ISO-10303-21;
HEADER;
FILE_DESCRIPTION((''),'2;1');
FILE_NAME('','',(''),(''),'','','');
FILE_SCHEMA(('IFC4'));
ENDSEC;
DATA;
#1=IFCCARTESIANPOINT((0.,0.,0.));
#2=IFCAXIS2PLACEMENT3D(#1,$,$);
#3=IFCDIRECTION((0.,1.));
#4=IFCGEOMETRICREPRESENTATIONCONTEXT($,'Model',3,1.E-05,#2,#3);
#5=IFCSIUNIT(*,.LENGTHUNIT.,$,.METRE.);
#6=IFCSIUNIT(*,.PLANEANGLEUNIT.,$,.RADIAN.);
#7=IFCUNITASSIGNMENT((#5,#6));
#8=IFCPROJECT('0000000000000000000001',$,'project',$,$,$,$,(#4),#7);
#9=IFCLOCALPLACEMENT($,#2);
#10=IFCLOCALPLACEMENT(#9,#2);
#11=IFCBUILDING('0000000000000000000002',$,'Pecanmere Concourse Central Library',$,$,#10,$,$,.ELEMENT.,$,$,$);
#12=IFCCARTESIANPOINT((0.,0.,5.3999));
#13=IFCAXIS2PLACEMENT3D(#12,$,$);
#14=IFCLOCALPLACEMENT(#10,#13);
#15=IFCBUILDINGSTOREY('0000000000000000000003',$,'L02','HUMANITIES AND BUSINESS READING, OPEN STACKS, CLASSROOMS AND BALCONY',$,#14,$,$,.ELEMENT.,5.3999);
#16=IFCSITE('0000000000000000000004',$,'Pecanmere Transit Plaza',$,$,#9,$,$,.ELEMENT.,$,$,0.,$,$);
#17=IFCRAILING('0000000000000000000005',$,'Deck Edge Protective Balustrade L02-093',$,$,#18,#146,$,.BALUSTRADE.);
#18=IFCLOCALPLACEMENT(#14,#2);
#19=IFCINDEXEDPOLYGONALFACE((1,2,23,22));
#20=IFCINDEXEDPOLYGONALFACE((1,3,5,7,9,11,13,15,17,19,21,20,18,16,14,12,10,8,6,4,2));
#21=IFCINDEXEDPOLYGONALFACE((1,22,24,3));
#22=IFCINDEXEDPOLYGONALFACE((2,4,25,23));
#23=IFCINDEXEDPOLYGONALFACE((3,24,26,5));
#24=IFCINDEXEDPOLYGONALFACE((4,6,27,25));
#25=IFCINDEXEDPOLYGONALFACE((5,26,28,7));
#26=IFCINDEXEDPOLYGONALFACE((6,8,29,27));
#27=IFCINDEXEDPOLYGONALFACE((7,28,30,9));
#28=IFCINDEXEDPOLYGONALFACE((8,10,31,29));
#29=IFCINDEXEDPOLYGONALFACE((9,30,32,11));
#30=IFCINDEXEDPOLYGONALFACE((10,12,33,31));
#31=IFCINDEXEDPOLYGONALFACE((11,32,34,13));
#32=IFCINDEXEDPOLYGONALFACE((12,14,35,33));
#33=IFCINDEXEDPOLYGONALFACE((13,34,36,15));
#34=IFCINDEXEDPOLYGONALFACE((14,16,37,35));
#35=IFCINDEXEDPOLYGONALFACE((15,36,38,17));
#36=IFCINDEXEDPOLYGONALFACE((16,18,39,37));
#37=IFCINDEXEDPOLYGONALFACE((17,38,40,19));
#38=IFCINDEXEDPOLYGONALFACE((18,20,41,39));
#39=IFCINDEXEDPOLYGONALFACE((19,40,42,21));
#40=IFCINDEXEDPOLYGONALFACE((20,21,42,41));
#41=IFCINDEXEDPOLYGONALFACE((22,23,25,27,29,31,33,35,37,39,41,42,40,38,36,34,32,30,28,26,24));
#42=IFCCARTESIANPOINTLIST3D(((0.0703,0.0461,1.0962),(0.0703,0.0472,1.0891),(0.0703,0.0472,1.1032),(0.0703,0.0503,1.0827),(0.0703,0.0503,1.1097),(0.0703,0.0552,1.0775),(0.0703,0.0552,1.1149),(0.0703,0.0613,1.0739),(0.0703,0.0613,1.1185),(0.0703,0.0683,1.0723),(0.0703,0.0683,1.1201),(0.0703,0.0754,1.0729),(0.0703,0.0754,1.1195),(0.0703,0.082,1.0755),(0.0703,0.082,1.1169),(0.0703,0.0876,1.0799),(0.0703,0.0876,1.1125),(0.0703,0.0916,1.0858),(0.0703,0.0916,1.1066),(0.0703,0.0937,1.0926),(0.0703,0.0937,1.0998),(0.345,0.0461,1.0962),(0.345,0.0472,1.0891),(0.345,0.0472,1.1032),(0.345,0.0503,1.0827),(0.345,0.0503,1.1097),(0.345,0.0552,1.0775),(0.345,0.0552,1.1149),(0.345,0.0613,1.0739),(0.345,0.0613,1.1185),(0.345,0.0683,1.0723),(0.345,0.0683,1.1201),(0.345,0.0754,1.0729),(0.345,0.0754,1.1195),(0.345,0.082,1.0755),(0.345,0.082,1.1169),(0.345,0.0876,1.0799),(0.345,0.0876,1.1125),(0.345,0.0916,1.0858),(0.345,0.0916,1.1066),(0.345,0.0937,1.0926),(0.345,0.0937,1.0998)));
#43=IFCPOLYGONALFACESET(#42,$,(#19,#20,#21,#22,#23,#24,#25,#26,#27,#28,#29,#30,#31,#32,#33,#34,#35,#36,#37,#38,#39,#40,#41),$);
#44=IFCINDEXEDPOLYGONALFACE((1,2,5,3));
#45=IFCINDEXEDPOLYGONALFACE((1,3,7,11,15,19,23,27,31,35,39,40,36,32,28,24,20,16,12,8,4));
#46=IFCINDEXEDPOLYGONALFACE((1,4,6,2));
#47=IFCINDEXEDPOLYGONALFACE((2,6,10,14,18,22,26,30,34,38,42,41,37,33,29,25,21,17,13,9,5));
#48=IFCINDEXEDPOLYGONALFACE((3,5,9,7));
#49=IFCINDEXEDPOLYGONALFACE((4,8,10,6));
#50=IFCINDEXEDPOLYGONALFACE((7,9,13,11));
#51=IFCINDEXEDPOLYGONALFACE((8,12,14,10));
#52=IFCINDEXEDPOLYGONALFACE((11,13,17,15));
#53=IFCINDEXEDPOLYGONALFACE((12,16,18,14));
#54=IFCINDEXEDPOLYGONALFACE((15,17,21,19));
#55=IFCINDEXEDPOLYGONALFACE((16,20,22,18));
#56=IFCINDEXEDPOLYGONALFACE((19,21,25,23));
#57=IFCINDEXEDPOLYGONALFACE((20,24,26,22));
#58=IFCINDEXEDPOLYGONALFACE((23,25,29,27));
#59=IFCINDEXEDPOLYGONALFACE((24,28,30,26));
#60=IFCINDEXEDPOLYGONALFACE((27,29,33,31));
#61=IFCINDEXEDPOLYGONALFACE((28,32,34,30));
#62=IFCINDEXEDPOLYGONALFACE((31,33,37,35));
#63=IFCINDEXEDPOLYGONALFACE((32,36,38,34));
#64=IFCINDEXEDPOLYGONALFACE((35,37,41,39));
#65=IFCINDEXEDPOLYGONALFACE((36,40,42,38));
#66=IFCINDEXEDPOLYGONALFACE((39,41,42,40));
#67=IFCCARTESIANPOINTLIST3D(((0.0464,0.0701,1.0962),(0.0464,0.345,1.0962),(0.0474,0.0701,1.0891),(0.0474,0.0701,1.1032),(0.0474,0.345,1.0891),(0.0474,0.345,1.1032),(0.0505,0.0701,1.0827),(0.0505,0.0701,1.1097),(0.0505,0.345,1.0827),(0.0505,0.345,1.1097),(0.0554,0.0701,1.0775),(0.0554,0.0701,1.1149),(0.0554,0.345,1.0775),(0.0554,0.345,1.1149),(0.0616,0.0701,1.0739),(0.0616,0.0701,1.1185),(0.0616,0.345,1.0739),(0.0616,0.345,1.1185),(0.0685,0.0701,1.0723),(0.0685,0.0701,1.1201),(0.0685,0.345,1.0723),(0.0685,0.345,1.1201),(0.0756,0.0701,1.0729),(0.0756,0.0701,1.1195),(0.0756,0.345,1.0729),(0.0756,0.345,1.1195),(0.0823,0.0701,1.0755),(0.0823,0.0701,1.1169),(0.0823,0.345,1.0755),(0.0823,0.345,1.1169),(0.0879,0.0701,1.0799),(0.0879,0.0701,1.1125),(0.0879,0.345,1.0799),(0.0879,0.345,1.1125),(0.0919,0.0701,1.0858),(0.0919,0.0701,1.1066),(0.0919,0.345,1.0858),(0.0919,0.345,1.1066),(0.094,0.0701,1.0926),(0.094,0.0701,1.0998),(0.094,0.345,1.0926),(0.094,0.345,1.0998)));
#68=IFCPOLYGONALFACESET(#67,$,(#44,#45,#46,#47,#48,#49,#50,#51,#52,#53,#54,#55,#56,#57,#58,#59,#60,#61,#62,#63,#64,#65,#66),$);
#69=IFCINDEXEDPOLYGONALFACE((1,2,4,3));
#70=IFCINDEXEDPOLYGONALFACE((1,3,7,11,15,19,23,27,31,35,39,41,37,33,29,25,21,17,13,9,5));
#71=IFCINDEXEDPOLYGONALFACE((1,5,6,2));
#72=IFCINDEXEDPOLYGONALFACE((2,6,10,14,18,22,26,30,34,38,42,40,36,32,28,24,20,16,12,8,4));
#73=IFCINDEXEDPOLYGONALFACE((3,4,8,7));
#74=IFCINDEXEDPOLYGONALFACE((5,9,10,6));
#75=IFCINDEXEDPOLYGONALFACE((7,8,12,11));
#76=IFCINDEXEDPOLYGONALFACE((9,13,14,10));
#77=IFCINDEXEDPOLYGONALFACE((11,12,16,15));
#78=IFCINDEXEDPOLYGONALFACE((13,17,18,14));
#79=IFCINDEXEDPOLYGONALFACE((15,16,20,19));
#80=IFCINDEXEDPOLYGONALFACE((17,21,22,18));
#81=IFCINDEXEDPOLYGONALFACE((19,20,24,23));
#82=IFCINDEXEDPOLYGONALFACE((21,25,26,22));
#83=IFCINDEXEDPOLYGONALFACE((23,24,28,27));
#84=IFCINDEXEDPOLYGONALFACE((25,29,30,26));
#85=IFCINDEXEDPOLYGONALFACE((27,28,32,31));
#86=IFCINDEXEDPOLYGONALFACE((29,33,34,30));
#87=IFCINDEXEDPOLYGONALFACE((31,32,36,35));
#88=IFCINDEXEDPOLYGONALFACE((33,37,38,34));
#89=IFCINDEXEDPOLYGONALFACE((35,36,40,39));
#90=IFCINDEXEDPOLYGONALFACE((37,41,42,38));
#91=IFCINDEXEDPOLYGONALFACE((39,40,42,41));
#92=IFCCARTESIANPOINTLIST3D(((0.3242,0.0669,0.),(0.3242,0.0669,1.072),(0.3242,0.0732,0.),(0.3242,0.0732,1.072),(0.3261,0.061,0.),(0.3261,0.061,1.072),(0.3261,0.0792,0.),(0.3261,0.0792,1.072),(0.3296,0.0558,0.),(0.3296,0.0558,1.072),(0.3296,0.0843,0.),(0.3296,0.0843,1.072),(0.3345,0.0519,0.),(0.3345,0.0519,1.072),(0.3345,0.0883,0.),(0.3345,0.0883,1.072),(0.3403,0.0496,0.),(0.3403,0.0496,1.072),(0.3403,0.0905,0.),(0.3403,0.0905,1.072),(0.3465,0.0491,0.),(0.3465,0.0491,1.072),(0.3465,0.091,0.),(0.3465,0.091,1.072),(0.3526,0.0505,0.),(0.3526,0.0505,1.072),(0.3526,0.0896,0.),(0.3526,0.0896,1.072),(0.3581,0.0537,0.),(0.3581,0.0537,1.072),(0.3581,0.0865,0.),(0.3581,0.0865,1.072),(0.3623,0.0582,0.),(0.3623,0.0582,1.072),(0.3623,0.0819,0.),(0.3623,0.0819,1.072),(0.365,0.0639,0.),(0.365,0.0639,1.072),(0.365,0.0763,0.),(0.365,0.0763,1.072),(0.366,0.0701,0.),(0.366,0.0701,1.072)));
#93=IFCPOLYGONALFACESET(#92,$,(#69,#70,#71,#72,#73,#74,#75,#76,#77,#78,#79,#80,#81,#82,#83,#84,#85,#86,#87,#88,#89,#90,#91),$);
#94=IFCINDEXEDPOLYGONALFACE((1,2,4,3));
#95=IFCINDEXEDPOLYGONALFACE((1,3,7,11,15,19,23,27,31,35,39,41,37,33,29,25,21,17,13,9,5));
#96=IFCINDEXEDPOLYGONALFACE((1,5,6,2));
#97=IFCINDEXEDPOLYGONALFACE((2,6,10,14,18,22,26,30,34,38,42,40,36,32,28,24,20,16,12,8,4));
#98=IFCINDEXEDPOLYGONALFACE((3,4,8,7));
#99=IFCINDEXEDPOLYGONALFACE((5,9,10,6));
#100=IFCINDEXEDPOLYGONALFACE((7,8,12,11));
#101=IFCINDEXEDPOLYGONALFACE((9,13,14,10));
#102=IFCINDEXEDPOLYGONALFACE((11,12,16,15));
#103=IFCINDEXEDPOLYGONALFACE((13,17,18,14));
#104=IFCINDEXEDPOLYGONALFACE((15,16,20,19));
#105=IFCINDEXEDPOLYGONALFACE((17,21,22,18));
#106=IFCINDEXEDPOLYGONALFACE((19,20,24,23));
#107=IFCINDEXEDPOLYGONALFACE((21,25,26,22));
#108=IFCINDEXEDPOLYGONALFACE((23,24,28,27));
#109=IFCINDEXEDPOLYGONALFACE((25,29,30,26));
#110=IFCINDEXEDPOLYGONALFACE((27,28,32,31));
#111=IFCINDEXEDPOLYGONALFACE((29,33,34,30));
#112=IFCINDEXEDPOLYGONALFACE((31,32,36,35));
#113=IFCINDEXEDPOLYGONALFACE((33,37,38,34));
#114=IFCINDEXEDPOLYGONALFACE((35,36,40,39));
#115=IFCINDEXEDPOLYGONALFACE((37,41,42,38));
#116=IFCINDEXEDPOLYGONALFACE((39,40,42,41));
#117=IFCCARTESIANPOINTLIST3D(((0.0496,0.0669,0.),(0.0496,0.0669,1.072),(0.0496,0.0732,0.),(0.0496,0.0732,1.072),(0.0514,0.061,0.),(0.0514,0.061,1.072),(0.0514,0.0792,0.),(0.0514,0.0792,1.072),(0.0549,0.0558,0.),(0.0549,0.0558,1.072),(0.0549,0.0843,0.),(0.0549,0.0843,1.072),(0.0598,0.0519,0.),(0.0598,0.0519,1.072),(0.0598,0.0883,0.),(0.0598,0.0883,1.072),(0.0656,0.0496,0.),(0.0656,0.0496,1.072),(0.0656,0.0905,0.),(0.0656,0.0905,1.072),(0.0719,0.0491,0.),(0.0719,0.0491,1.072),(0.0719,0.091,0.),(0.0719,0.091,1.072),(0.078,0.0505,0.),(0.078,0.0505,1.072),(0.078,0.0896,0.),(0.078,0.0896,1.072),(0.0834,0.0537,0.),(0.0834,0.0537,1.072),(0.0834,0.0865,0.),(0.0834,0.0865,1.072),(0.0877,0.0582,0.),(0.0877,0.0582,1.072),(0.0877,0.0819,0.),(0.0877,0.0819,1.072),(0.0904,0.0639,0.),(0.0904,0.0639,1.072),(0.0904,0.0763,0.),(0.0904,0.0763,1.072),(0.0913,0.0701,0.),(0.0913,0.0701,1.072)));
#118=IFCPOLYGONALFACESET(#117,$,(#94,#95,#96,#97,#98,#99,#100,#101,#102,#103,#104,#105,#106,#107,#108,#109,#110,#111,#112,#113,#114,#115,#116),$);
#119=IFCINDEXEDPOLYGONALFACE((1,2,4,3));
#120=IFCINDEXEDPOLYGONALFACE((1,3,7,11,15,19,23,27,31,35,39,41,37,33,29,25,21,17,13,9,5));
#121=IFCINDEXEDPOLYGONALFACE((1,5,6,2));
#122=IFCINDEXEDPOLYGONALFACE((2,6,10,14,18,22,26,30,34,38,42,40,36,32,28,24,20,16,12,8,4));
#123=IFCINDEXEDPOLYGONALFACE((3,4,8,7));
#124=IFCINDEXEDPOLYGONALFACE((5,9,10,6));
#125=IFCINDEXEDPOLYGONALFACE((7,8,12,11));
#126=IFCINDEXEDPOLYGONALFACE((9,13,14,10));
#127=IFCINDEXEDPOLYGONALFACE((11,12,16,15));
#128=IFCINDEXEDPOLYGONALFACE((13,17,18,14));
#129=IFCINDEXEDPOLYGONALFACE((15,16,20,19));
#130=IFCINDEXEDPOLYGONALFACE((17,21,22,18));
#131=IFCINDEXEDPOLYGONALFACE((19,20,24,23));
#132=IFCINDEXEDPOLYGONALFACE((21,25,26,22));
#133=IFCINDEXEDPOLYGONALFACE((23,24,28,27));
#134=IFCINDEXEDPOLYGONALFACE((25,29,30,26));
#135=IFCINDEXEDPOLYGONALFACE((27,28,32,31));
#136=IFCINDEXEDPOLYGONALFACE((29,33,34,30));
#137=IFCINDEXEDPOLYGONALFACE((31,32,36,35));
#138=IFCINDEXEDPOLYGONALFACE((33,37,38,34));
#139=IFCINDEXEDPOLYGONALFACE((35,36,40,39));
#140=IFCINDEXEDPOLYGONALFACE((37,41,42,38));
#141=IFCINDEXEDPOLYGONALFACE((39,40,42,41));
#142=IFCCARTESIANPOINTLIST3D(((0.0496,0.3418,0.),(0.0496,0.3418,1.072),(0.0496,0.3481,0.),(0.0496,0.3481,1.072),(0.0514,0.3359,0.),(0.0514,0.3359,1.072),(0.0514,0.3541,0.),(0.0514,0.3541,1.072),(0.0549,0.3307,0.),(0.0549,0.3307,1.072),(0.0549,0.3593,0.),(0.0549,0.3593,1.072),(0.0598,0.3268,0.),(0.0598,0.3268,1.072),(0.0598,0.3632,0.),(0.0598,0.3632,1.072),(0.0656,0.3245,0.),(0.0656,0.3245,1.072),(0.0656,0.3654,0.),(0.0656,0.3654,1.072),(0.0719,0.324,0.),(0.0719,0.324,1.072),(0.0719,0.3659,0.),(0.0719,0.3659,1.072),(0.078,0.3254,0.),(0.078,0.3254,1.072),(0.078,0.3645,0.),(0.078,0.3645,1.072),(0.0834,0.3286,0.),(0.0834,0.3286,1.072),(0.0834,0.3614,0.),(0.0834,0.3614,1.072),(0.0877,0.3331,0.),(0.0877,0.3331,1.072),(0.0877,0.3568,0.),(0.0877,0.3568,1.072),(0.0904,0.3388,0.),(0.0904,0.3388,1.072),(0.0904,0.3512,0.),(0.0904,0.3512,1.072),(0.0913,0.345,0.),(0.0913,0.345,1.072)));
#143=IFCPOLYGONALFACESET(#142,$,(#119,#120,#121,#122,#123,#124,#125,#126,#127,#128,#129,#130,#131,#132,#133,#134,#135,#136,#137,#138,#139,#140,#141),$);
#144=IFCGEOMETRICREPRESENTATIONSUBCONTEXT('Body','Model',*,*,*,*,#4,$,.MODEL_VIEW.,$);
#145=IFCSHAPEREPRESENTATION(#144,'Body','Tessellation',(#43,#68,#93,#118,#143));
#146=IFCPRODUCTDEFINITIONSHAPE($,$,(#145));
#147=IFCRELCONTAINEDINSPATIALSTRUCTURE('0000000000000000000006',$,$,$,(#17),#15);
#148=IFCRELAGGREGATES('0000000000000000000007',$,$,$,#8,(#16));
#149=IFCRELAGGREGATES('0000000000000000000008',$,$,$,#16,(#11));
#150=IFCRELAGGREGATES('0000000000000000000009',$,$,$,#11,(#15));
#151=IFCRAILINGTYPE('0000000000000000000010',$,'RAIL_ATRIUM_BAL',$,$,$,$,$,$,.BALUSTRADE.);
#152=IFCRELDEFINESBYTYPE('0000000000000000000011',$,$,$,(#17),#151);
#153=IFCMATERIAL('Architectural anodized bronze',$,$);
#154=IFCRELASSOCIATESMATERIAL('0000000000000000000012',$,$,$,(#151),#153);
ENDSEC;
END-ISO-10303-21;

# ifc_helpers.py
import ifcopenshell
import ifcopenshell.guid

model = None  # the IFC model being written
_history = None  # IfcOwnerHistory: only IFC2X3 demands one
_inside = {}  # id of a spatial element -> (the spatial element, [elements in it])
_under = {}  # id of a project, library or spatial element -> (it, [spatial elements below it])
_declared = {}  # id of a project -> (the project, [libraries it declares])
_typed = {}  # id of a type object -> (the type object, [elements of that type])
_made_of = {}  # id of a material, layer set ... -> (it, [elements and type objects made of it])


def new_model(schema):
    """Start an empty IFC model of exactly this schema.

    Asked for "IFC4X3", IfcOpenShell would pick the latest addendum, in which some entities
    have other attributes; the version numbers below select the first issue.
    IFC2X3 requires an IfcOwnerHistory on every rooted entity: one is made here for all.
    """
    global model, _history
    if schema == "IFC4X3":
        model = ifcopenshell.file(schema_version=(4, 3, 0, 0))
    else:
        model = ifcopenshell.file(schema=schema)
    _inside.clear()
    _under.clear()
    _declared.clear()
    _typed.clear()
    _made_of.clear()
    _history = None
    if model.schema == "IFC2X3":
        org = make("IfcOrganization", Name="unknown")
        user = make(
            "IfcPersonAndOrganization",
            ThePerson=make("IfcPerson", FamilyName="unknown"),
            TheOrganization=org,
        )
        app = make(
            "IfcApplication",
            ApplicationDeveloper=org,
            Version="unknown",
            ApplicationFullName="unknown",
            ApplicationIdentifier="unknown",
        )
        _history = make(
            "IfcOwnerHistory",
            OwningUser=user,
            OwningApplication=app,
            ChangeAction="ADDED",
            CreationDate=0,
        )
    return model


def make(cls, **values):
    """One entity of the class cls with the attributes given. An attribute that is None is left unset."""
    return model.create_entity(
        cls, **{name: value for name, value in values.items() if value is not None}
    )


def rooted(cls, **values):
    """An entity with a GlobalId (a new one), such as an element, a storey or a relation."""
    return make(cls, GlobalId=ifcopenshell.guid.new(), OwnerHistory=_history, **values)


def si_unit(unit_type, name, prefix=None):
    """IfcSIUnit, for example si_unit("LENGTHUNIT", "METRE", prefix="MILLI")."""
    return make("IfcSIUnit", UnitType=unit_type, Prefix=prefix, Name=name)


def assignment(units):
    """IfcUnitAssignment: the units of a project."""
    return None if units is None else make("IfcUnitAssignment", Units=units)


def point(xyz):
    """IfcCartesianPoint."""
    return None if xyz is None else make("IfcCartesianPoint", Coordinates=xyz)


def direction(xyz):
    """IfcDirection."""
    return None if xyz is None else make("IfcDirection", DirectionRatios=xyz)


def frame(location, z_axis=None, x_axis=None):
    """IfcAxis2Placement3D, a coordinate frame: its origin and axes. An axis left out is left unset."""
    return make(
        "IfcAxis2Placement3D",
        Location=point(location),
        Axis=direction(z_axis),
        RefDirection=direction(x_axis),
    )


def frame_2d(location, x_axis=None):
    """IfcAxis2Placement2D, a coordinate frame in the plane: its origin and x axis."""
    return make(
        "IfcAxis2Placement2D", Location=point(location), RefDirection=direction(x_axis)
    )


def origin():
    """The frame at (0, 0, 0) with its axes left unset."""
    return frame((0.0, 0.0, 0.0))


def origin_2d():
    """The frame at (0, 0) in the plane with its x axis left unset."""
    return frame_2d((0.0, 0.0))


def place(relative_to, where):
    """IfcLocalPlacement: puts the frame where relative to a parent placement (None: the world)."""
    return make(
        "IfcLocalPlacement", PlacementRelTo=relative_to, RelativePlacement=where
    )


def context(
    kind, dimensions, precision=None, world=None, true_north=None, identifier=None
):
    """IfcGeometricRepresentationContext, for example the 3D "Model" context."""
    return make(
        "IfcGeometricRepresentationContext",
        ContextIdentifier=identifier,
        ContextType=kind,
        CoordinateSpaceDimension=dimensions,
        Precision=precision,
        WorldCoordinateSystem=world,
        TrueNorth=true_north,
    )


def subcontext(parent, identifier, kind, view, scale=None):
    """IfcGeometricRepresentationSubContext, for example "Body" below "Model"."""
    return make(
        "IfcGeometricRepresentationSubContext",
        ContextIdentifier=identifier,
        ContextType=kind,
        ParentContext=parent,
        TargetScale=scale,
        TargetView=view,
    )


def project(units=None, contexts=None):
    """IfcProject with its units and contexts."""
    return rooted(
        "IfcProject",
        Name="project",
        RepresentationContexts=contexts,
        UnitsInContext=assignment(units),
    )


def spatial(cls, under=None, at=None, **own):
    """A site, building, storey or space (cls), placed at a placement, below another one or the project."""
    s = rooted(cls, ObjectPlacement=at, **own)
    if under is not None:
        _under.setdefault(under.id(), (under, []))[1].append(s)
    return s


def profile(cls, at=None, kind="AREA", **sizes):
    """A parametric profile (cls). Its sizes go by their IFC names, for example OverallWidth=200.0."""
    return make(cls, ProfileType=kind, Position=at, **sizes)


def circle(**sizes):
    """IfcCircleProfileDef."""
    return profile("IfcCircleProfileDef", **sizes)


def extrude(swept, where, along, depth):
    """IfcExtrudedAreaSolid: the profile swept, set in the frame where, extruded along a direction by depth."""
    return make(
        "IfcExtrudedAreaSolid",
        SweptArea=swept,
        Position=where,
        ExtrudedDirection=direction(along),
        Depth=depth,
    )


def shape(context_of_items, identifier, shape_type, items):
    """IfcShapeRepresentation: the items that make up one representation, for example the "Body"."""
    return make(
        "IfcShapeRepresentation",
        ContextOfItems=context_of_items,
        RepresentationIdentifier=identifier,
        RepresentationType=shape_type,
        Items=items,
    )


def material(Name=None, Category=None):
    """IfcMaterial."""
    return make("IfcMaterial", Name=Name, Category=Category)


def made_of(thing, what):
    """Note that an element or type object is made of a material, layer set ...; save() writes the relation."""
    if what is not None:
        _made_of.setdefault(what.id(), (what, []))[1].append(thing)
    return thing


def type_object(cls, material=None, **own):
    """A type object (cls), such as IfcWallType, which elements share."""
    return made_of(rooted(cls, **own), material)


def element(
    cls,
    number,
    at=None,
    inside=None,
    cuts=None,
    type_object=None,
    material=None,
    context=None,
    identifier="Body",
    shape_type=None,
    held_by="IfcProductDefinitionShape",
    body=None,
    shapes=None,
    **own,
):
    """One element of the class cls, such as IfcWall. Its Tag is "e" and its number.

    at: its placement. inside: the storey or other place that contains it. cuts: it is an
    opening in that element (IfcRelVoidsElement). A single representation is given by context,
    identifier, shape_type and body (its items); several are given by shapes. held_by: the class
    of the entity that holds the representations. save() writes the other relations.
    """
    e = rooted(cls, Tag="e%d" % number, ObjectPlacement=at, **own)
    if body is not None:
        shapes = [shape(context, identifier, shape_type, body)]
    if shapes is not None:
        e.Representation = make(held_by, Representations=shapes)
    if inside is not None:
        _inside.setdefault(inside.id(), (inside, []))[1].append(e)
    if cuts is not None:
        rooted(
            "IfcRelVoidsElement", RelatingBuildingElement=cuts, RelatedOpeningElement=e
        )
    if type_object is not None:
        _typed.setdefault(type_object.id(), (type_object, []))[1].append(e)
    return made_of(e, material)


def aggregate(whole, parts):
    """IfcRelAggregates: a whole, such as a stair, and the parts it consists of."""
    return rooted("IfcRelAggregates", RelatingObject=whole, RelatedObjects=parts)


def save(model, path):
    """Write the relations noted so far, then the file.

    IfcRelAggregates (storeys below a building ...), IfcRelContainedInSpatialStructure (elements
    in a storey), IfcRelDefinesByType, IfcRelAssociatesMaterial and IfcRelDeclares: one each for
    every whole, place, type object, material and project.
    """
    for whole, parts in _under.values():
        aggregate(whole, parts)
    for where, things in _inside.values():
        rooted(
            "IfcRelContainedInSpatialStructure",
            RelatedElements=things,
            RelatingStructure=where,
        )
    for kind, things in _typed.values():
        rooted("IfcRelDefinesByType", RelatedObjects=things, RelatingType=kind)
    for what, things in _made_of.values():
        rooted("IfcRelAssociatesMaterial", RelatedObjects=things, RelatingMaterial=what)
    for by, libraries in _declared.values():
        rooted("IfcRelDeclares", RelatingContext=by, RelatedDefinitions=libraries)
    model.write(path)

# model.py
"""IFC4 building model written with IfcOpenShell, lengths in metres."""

from ifc_helpers import new_model, si_unit, direction, frame, origin, origin_2d, place, context, subcontext, project, spatial, circle, extrude, material, type_object, element, save


model = new_model("IFC4")

# Units and contexts
model_context = context("Model", 3, precision=1e-05, world=origin(), true_north=direction((0.0, 1.0)))
body_context = subcontext(model_context, "Body", "Model", "MODEL_VIEW")
ifc_project = project(units=[si_unit("LENGTHUNIT", "METRE"), si_unit("PLANEANGLEUNIT", "RADIAN")], contexts=[model_context])

# Site, building, storey
site_placement = place(None, origin())
site = spatial("IfcSite", under=ifc_project, at=site_placement, Name="Pecanmere Transit Plaza", CompositionType="ELEMENT", RefElevation=0.0)
building_placement = place(site_placement, origin())
building = spatial("IfcBuilding", under=site, at=building_placement, Name="Pecanmere Concourse Central Library", CompositionType="ELEMENT")
storey_placement = place(building_placement, frame((0.0, 0.0, 5.3999)))
storey = spatial("IfcBuildingStorey", under=building, at=storey_placement, Name="L02", Description="HUMANITIES AND BUSINESS READING, OPEN STACKS, CLASSROOMS AND BALCONY", CompositionType="ELEMENT", Elevation=5.3999)

# Railing
ifc_material_1 = material(Name="Architectural anodized bronze")
railing_type = type_object("IfcRailingType", Name="RAIL_ATRIUM_BAL", PredefinedType="BALUSTRADE", material=ifc_material_1)
railing_placement = place(storey_placement, frame((0.345, 0.0701, 0.0)))
element("IfcRailing", 1, at=railing_placement, inside=storey, type_object=railing_type, Name="Deck Edge Protective Balustrade L02-093", PredefinedType="BALUSTRADE", context=body_context, shape_type="SweptSolid", body=[
    extrude(circle(Radius=0.0239, at=origin_2d()), frame((0.0, 0.0, 1.0962), z_axis=(-1.0, 0.0, 0.0), x_axis=(0.0, -1.0, 0.0)), (0.0, 0.0, 1.0), 0.2747),
    extrude(circle(Radius=0.0239, at=origin_2d()), frame((-0.2747, 0.0, 1.0962), z_axis=(0.0, 1.0, 0.0), x_axis=(-1.0, 0.0, 0.0)), (0.0, 0.0, 1.0), 0.2749),
    extrude(circle(Radius=0.021, at=origin_2d()), origin(), (0.0, 0.0, 1.0), 1.072),
    extrude(circle(Radius=0.021, at=origin_2d()), frame((-0.2747, 0.0, 0.0)), (0.0, 0.0, 1.0), 1.072),
    extrude(circle(Radius=0.021, at=origin_2d()), frame((-0.2747, 0.2749, 0.0)), (0.0, 0.0, 1.0), 1.072),
])

save(model, "model.ifc")
